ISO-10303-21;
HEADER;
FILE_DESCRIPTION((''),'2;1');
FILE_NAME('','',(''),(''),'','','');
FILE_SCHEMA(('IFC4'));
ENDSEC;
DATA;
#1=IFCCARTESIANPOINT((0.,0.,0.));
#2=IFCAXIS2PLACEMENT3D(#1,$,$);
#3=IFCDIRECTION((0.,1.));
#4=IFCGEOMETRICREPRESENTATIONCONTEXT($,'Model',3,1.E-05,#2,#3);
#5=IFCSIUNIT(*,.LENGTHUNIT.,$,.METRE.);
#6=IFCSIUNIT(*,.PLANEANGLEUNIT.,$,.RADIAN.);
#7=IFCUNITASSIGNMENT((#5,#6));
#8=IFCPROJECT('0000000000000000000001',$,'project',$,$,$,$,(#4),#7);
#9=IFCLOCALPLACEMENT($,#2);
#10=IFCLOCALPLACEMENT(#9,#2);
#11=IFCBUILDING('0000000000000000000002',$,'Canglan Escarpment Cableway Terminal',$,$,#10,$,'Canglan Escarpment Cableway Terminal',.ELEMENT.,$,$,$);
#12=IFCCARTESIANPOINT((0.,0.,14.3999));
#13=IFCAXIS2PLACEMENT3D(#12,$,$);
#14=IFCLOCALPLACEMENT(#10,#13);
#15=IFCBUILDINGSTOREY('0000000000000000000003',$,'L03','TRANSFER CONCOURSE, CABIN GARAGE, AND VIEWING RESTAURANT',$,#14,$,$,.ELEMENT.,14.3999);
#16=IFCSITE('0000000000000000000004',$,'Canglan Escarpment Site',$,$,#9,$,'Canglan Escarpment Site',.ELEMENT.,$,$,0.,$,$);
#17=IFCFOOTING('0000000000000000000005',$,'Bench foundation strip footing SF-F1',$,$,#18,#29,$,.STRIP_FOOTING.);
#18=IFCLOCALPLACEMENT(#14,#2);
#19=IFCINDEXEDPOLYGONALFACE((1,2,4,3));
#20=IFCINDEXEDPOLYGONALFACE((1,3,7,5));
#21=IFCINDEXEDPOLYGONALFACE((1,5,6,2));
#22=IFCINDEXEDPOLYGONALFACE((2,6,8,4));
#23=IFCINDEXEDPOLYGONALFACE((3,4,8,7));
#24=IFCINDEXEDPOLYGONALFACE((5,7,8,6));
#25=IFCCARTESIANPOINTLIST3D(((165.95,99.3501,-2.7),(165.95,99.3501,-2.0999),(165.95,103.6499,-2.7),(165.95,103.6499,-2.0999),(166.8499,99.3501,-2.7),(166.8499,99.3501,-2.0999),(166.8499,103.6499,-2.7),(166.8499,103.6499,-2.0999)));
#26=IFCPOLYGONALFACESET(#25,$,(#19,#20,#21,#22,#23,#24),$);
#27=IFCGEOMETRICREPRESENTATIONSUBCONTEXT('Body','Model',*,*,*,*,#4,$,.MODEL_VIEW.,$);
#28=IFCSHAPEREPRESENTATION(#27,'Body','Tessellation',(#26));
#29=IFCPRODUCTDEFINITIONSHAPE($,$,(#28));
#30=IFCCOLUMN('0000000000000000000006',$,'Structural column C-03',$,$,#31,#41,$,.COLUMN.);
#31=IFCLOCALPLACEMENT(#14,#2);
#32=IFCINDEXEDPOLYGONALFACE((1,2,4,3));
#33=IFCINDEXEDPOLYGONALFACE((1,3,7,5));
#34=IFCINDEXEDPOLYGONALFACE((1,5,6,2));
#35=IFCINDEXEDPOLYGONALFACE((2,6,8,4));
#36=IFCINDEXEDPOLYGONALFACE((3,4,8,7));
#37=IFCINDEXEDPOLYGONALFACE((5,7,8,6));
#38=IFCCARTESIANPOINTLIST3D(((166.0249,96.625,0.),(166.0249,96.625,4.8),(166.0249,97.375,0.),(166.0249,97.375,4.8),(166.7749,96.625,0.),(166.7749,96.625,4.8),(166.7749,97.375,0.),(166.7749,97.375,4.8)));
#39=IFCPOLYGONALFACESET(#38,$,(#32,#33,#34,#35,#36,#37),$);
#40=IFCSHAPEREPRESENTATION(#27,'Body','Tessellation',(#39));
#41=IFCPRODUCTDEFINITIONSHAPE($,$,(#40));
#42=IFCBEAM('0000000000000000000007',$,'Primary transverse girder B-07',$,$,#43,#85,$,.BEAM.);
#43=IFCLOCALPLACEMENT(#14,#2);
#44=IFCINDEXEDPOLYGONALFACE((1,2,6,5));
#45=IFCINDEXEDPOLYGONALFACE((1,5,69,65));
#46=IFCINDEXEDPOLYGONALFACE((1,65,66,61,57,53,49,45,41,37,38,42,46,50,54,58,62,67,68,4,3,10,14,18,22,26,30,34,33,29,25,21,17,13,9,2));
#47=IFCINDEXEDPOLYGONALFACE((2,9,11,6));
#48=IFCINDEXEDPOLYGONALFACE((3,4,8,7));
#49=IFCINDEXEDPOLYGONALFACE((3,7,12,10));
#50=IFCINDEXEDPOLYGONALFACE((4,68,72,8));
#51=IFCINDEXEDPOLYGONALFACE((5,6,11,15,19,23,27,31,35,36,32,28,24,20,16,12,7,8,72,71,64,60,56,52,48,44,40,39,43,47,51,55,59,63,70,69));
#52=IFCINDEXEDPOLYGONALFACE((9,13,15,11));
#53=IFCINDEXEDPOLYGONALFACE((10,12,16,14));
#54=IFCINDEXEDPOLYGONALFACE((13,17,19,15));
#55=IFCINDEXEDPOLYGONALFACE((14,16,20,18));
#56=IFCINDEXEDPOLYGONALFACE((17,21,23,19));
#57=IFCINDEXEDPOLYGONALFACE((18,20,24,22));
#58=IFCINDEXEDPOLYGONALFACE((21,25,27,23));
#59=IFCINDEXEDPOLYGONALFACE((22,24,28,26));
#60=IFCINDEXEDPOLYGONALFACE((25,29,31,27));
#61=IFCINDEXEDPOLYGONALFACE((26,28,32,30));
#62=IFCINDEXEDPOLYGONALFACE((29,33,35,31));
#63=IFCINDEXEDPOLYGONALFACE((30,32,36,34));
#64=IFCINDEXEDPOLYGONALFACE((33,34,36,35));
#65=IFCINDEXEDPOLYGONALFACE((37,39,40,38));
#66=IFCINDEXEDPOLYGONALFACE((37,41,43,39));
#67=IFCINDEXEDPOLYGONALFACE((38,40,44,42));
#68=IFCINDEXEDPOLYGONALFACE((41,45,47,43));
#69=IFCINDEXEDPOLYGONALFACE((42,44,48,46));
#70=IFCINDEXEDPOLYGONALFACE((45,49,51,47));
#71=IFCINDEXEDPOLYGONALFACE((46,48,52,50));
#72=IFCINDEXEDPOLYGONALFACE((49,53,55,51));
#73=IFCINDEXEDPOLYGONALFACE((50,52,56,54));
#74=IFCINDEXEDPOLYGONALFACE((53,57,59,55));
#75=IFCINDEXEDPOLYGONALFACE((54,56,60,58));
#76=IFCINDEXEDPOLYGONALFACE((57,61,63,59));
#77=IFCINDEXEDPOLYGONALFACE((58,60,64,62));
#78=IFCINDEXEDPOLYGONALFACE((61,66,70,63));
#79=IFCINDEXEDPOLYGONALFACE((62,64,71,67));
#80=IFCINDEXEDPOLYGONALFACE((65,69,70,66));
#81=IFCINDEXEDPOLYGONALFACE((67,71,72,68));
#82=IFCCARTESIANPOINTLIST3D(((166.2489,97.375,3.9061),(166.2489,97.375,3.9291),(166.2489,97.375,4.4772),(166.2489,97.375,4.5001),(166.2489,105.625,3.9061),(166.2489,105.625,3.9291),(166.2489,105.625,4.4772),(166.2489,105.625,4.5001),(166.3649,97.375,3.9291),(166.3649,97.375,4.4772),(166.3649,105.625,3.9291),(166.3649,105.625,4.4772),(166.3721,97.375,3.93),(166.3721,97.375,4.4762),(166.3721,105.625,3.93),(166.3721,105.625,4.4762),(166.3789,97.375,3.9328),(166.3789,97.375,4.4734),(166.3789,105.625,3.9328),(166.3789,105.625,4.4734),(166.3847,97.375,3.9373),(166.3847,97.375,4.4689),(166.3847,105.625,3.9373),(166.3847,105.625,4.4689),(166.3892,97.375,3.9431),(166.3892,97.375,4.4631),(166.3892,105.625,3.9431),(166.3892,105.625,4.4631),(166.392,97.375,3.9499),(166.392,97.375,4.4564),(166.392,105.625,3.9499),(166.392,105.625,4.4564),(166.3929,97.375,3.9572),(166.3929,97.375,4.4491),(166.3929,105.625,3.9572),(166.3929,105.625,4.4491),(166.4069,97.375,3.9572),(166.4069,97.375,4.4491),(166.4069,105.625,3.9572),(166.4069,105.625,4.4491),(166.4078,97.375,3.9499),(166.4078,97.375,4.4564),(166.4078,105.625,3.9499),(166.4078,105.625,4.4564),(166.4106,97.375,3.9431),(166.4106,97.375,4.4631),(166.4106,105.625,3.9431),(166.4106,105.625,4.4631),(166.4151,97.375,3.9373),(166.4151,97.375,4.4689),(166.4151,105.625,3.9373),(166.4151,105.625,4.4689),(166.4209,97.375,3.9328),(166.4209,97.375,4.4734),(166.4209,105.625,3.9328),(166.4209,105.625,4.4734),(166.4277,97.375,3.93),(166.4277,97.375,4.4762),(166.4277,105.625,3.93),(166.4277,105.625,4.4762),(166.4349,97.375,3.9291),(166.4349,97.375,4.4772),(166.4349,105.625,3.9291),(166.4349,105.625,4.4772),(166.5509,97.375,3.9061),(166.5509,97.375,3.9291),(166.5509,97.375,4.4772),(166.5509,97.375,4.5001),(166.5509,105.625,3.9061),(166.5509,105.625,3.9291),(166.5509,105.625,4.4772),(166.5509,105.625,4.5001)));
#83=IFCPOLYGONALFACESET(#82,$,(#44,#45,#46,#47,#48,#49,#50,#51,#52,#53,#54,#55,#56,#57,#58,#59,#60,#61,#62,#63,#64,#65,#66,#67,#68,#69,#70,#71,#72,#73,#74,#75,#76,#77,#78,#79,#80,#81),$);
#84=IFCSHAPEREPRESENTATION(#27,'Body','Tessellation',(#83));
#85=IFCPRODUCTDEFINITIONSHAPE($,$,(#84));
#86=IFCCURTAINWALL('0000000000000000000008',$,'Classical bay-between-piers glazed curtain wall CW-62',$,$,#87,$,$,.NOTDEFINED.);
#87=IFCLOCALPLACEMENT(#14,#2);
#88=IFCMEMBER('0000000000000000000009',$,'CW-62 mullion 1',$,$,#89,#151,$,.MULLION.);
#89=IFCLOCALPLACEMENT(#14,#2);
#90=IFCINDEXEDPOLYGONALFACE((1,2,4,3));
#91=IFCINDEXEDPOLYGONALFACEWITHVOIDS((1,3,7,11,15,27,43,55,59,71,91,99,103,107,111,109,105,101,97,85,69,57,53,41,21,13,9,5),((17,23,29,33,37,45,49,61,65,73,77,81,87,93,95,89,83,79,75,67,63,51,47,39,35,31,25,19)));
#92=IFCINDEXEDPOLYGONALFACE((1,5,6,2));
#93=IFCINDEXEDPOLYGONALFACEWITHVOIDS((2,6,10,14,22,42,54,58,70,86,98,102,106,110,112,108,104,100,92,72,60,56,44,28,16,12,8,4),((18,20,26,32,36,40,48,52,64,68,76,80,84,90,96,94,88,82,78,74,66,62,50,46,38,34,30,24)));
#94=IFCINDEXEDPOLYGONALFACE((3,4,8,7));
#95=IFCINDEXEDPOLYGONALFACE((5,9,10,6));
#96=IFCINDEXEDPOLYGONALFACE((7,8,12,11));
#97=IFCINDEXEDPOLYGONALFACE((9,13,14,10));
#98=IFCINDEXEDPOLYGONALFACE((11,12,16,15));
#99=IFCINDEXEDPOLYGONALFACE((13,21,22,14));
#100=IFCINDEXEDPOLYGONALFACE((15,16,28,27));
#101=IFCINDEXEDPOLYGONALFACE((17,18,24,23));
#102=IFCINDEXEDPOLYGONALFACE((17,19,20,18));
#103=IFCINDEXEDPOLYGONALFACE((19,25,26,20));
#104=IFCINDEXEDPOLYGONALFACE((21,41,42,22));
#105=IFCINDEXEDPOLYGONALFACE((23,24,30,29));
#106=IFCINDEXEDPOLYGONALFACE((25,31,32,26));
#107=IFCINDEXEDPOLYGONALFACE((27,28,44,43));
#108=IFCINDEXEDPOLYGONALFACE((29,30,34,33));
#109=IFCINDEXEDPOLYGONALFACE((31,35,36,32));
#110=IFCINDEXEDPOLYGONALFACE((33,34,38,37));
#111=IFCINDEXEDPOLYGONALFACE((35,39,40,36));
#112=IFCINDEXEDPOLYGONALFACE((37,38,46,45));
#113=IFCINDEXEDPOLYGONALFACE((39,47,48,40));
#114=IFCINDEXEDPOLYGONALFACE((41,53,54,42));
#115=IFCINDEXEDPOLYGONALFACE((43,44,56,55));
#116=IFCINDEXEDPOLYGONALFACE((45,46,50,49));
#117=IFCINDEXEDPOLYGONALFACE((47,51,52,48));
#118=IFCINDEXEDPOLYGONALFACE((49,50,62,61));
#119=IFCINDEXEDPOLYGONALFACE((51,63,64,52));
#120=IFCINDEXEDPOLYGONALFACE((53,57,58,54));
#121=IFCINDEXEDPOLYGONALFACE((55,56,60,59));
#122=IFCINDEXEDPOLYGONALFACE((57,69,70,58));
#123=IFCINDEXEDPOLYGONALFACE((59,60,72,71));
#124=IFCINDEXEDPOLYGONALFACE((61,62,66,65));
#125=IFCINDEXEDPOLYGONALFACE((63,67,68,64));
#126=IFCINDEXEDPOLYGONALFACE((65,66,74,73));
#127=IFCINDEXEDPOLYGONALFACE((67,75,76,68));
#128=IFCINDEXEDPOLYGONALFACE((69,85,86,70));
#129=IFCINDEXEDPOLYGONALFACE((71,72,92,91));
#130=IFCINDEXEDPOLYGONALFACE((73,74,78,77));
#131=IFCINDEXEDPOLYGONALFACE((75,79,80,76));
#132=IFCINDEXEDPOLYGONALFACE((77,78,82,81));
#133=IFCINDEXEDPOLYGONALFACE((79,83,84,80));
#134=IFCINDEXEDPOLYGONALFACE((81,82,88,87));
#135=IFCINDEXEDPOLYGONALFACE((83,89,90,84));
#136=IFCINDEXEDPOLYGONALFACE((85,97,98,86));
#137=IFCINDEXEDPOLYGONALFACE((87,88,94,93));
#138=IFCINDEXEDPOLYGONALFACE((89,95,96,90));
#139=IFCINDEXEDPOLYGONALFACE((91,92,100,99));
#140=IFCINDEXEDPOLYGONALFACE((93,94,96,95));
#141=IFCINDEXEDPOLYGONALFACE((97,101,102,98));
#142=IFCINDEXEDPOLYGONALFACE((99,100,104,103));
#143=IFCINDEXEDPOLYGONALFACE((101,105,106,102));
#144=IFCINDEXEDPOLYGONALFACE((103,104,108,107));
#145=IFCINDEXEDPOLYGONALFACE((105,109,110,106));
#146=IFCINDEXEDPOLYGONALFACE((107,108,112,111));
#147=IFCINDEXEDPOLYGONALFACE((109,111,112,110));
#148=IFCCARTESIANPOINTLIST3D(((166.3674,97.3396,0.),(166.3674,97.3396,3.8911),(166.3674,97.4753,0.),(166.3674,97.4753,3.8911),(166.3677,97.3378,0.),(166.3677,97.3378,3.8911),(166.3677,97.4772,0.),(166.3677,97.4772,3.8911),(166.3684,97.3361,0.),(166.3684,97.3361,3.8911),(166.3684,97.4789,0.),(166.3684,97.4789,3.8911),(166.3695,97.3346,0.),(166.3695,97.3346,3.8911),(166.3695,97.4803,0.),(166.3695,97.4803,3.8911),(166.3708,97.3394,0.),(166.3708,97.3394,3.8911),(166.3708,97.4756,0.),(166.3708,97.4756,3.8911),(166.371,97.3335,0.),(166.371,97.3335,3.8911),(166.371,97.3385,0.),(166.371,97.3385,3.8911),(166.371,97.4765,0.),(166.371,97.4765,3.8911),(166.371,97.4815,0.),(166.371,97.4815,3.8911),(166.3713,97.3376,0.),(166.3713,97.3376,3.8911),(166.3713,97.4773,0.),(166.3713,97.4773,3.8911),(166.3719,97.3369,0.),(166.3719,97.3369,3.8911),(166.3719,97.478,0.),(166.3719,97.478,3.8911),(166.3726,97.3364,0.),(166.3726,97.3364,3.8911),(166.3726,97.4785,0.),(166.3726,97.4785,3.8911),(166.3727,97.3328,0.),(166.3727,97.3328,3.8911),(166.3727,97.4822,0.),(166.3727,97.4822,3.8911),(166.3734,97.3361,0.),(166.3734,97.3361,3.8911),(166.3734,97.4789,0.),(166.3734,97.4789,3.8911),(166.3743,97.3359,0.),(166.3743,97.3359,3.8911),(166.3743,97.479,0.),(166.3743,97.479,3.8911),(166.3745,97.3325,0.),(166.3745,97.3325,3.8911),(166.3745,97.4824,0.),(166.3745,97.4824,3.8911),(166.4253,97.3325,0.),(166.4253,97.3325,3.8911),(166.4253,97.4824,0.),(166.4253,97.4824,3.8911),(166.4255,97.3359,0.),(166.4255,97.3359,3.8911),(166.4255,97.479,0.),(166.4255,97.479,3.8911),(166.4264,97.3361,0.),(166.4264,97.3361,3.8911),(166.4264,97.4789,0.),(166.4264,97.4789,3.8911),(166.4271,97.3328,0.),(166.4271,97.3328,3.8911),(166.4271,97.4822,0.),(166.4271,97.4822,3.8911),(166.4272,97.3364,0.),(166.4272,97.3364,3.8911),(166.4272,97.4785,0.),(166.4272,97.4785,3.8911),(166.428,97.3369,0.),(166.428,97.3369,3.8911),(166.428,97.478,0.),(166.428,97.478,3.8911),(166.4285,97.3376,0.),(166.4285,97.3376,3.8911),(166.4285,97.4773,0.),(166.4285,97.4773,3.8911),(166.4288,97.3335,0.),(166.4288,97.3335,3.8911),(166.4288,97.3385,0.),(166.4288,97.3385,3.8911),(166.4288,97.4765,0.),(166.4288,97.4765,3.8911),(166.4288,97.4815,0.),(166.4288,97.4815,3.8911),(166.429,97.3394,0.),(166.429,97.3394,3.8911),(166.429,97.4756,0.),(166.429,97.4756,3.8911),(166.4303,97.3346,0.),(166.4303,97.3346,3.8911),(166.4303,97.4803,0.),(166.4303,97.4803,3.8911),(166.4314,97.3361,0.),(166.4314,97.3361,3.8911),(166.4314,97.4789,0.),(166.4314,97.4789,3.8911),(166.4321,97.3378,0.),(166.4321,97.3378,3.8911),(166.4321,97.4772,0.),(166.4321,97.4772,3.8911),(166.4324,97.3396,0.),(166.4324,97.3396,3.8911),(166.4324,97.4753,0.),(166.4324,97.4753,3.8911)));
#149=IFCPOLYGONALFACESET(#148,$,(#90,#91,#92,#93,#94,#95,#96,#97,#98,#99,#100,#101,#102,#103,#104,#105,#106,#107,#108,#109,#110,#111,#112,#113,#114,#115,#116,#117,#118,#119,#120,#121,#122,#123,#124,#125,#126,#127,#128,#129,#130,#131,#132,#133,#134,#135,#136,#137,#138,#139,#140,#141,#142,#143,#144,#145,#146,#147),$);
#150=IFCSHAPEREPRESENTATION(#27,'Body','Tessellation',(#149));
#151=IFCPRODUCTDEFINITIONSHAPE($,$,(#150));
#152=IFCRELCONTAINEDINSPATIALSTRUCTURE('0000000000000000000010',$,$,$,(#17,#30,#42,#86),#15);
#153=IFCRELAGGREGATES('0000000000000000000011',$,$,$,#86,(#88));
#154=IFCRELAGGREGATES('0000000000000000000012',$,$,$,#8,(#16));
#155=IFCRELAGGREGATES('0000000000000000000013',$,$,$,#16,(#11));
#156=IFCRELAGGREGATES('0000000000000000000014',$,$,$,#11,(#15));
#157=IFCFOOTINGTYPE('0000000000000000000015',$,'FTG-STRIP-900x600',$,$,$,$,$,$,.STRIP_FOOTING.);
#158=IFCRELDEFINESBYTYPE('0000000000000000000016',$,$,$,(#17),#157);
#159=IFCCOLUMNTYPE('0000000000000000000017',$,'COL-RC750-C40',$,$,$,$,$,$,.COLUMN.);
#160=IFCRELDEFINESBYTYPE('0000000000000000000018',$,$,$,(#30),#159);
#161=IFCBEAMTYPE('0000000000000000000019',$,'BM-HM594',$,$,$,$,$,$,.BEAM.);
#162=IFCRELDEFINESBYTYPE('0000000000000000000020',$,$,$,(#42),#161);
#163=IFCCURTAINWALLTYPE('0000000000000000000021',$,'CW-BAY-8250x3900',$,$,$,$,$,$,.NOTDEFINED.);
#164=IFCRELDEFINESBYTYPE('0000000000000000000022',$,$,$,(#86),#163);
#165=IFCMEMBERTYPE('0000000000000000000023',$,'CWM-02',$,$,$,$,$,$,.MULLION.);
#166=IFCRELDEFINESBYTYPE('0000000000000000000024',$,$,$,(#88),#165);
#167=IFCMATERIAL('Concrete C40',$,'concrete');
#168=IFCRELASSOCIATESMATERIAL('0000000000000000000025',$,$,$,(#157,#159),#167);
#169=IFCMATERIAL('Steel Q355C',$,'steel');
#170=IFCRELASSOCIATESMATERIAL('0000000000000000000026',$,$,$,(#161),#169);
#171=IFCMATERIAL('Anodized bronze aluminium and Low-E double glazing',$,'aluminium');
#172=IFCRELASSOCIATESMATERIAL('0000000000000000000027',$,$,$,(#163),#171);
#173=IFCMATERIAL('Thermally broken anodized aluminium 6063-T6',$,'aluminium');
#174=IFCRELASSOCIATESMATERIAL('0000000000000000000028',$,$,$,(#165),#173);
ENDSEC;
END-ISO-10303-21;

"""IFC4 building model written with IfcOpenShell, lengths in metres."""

from ifc_helpers import new_model, si_unit, direction, frame, origin, origin_2d, place, context, subcontext, project, spatial, rectangle, hollow_rectangle, i_section, extrude, material, material_profile, profile_set, type_object, element, aggregate, save


model = new_model("IFC4")

# Units and contexts
model_context = context("Model", 3, precision=1e-05, world=origin(), true_north=direction((0.0, 1.0)))
body_context = subcontext(model_context, "Body", "Model", "MODEL_VIEW")
ifc_project = project(units=[si_unit("LENGTHUNIT", "METRE"), si_unit("PLANEANGLEUNIT", "RADIAN")], contexts=[model_context])

# Site, building, storey
site_placement = place(None, origin())
site = spatial("IfcSite", under=ifc_project, at=site_placement, Name="Canglan Escarpment Site", LongName="Canglan Escarpment Site", CompositionType="ELEMENT", RefElevation=0.0)
building_placement = place(site_placement, origin())
building = spatial("IfcBuilding", under=site, at=building_placement, Name="Canglan Escarpment Cableway Terminal", LongName="Canglan Escarpment Cableway Terminal", CompositionType="ELEMENT")
storey_placement = place(building_placement, frame((0.0, 0.0, 14.3999)))
storey = spatial("IfcBuildingStorey", under=building, at=storey_placement, Name="L03", Description="TRANSFER CONCOURSE, CABIN GARAGE, AND VIEWING RESTAURANT", CompositionType="ELEMENT", Elevation=14.3999)

# Footing
ifc_material_1 = material(Name="Concrete C40", Category="concrete")
ifc_material_profile_1 = material_profile(ifc_material_1, rectangle(XDim=0.8999, YDim=0.6001, at=origin_2d()), Name="SF 900x600")
ifc_profile_set_1 = profile_set([ifc_material_profile_1], Name="Concrete C40")
footing_type = type_object("IfcFootingType", Name="FTG-STRIP-900x600", PredefinedType="STRIP_FOOTING", material=ifc_profile_set_1)
footing_placement = place(storey_placement, frame((166.3999, 99.3501, -2.3999), z_axis=(0.0, 1.0, 0.0), x_axis=(-1.0, 0.0, 0.0)))
element("IfcFooting", 1, at=footing_placement, inside=storey, type_object=footing_type, Name="Bench foundation strip footing SF-F1", PredefinedType="STRIP_FOOTING", context=body_context, shape_type="SweptSolid", body=[
    extrude(rectangle(XDim=0.8999, YDim=0.6001, at=origin_2d()), origin(), (0.0, 0.0, 1.0), 4.2998),
])

# Column
ifc_material_profile_2 = material_profile(ifc_material_1, rectangle(XDim=0.75, YDim=0.75, at=origin_2d()), Name="RC 750x750")
ifc_profile_set_2 = profile_set([ifc_material_profile_2], Name="Concrete C40")
column_type = type_object("IfcColumnType", Name="COL-RC750-C40", PredefinedType="COLUMN", material=ifc_profile_set_2)
column_placement = place(storey_placement, frame((166.3999, 97.0, 0.0), z_axis=(0.0, 0.0, 1.0), x_axis=(1.0, 0.0, 0.0)))
element("IfcColumn", 2, at=column_placement, inside=storey, type_object=column_type, Name="Structural column C-03", PredefinedType="COLUMN", context=body_context, shape_type="SweptSolid", body=[
    extrude(rectangle(XDim=0.75, YDim=0.75, at=origin_2d()), origin(), (0.0, 0.0, 1.0), 4.8),
])

# Beam
ifc_material_2 = material(Name="Steel Q355C", Category="steel")
ifc_material_profile_3 = material_profile(ifc_material_2, i_section(OverallWidth=0.302, OverallDepth=0.594, WebThickness=0.0139, FlangeThickness=0.0229, FilletRadius=0.0281, at=origin_2d()), Name="HM 594x302x14x23")
ifc_profile_set_3 = profile_set([ifc_material_profile_3], Name="Steel Q355C")
beam_type = type_object("IfcBeamType", Name="BM-HM594", PredefinedType="BEAM", material=ifc_profile_set_3)
beam_placement = place(storey_placement, frame((166.3999, 97.375, 4.2031), z_axis=(0.0, 1.0, 0.0), x_axis=(-1.0, 0.0, 0.0)))
element("IfcBeam", 3, at=beam_placement, inside=storey, type_object=beam_type, Name="Primary transverse girder B-07", PredefinedType="BEAM", context=body_context, shape_type="SweptSolid", body=[
    extrude(i_section(OverallWidth=0.302, OverallDepth=0.594, WebThickness=0.0139, FlangeThickness=0.0229, FilletRadius=0.0281, at=origin_2d()), origin(), (0.0, 0.0, 1.0), 8.25),
])

# Curtain wall, member
ifc_material_3 = material(Name="Anodized bronze aluminium and Low-E double glazing", Category="aluminium")
curtain_wall_type = type_object("IfcCurtainWallType", Name="CW-BAY-8250x3900", PredefinedType="NOTDEFINED", material=ifc_material_3)
curtain_wall_placement = place(storey_placement, origin())
curtain_wall = element("IfcCurtainWall", 4, at=curtain_wall_placement, inside=storey, type_object=curtain_wall_type, Name="Classical bay-between-piers glazed curtain wall CW-62", PredefinedType="NOTDEFINED")
ifc_material_4 = material(Name="Thermally broken anodized aluminium 6063-T6", Category="aluminium")
ifc_material_profile_4 = material_profile(ifc_material_4, hollow_rectangle(XDim=0.0649, YDim=0.1499, WallThickness=0.0034, InnerFilletRadius=0.0034, OuterFilletRadius=0.0071, at=origin_2d()), Name="ALU-MULL 65x150x3.5")
ifc_profile_set_4 = profile_set([ifc_material_profile_4], Name="Thermally broken anodized aluminium 6063-T6")
member_type_1 = type_object("IfcMemberType", Name="CWM-02", PredefinedType="MULLION", material=ifc_profile_set_4)
member_1_placement = place(storey_placement, frame((166.3999, 97.4075, 0.0), z_axis=(0.0, 0.0, 1.0), x_axis=(-1.0, 0.0, 0.0)))
member_1 = element("IfcMember", 5, at=member_1_placement, type_object=member_type_1, Name="CW-62 mullion 1", PredefinedType="MULLION", context=body_context, shape_type="SweptSolid", body=[
    extrude(hollow_rectangle(XDim=0.0649, YDim=0.1499, WallThickness=0.0034, InnerFilletRadius=0.0034, OuterFilletRadius=0.0071, at=origin_2d()), origin(), (0.0, 0.0, 1.0), 3.8911),
])
aggregate(curtain_wall, [member_1])

save(model, "model.ifc")
